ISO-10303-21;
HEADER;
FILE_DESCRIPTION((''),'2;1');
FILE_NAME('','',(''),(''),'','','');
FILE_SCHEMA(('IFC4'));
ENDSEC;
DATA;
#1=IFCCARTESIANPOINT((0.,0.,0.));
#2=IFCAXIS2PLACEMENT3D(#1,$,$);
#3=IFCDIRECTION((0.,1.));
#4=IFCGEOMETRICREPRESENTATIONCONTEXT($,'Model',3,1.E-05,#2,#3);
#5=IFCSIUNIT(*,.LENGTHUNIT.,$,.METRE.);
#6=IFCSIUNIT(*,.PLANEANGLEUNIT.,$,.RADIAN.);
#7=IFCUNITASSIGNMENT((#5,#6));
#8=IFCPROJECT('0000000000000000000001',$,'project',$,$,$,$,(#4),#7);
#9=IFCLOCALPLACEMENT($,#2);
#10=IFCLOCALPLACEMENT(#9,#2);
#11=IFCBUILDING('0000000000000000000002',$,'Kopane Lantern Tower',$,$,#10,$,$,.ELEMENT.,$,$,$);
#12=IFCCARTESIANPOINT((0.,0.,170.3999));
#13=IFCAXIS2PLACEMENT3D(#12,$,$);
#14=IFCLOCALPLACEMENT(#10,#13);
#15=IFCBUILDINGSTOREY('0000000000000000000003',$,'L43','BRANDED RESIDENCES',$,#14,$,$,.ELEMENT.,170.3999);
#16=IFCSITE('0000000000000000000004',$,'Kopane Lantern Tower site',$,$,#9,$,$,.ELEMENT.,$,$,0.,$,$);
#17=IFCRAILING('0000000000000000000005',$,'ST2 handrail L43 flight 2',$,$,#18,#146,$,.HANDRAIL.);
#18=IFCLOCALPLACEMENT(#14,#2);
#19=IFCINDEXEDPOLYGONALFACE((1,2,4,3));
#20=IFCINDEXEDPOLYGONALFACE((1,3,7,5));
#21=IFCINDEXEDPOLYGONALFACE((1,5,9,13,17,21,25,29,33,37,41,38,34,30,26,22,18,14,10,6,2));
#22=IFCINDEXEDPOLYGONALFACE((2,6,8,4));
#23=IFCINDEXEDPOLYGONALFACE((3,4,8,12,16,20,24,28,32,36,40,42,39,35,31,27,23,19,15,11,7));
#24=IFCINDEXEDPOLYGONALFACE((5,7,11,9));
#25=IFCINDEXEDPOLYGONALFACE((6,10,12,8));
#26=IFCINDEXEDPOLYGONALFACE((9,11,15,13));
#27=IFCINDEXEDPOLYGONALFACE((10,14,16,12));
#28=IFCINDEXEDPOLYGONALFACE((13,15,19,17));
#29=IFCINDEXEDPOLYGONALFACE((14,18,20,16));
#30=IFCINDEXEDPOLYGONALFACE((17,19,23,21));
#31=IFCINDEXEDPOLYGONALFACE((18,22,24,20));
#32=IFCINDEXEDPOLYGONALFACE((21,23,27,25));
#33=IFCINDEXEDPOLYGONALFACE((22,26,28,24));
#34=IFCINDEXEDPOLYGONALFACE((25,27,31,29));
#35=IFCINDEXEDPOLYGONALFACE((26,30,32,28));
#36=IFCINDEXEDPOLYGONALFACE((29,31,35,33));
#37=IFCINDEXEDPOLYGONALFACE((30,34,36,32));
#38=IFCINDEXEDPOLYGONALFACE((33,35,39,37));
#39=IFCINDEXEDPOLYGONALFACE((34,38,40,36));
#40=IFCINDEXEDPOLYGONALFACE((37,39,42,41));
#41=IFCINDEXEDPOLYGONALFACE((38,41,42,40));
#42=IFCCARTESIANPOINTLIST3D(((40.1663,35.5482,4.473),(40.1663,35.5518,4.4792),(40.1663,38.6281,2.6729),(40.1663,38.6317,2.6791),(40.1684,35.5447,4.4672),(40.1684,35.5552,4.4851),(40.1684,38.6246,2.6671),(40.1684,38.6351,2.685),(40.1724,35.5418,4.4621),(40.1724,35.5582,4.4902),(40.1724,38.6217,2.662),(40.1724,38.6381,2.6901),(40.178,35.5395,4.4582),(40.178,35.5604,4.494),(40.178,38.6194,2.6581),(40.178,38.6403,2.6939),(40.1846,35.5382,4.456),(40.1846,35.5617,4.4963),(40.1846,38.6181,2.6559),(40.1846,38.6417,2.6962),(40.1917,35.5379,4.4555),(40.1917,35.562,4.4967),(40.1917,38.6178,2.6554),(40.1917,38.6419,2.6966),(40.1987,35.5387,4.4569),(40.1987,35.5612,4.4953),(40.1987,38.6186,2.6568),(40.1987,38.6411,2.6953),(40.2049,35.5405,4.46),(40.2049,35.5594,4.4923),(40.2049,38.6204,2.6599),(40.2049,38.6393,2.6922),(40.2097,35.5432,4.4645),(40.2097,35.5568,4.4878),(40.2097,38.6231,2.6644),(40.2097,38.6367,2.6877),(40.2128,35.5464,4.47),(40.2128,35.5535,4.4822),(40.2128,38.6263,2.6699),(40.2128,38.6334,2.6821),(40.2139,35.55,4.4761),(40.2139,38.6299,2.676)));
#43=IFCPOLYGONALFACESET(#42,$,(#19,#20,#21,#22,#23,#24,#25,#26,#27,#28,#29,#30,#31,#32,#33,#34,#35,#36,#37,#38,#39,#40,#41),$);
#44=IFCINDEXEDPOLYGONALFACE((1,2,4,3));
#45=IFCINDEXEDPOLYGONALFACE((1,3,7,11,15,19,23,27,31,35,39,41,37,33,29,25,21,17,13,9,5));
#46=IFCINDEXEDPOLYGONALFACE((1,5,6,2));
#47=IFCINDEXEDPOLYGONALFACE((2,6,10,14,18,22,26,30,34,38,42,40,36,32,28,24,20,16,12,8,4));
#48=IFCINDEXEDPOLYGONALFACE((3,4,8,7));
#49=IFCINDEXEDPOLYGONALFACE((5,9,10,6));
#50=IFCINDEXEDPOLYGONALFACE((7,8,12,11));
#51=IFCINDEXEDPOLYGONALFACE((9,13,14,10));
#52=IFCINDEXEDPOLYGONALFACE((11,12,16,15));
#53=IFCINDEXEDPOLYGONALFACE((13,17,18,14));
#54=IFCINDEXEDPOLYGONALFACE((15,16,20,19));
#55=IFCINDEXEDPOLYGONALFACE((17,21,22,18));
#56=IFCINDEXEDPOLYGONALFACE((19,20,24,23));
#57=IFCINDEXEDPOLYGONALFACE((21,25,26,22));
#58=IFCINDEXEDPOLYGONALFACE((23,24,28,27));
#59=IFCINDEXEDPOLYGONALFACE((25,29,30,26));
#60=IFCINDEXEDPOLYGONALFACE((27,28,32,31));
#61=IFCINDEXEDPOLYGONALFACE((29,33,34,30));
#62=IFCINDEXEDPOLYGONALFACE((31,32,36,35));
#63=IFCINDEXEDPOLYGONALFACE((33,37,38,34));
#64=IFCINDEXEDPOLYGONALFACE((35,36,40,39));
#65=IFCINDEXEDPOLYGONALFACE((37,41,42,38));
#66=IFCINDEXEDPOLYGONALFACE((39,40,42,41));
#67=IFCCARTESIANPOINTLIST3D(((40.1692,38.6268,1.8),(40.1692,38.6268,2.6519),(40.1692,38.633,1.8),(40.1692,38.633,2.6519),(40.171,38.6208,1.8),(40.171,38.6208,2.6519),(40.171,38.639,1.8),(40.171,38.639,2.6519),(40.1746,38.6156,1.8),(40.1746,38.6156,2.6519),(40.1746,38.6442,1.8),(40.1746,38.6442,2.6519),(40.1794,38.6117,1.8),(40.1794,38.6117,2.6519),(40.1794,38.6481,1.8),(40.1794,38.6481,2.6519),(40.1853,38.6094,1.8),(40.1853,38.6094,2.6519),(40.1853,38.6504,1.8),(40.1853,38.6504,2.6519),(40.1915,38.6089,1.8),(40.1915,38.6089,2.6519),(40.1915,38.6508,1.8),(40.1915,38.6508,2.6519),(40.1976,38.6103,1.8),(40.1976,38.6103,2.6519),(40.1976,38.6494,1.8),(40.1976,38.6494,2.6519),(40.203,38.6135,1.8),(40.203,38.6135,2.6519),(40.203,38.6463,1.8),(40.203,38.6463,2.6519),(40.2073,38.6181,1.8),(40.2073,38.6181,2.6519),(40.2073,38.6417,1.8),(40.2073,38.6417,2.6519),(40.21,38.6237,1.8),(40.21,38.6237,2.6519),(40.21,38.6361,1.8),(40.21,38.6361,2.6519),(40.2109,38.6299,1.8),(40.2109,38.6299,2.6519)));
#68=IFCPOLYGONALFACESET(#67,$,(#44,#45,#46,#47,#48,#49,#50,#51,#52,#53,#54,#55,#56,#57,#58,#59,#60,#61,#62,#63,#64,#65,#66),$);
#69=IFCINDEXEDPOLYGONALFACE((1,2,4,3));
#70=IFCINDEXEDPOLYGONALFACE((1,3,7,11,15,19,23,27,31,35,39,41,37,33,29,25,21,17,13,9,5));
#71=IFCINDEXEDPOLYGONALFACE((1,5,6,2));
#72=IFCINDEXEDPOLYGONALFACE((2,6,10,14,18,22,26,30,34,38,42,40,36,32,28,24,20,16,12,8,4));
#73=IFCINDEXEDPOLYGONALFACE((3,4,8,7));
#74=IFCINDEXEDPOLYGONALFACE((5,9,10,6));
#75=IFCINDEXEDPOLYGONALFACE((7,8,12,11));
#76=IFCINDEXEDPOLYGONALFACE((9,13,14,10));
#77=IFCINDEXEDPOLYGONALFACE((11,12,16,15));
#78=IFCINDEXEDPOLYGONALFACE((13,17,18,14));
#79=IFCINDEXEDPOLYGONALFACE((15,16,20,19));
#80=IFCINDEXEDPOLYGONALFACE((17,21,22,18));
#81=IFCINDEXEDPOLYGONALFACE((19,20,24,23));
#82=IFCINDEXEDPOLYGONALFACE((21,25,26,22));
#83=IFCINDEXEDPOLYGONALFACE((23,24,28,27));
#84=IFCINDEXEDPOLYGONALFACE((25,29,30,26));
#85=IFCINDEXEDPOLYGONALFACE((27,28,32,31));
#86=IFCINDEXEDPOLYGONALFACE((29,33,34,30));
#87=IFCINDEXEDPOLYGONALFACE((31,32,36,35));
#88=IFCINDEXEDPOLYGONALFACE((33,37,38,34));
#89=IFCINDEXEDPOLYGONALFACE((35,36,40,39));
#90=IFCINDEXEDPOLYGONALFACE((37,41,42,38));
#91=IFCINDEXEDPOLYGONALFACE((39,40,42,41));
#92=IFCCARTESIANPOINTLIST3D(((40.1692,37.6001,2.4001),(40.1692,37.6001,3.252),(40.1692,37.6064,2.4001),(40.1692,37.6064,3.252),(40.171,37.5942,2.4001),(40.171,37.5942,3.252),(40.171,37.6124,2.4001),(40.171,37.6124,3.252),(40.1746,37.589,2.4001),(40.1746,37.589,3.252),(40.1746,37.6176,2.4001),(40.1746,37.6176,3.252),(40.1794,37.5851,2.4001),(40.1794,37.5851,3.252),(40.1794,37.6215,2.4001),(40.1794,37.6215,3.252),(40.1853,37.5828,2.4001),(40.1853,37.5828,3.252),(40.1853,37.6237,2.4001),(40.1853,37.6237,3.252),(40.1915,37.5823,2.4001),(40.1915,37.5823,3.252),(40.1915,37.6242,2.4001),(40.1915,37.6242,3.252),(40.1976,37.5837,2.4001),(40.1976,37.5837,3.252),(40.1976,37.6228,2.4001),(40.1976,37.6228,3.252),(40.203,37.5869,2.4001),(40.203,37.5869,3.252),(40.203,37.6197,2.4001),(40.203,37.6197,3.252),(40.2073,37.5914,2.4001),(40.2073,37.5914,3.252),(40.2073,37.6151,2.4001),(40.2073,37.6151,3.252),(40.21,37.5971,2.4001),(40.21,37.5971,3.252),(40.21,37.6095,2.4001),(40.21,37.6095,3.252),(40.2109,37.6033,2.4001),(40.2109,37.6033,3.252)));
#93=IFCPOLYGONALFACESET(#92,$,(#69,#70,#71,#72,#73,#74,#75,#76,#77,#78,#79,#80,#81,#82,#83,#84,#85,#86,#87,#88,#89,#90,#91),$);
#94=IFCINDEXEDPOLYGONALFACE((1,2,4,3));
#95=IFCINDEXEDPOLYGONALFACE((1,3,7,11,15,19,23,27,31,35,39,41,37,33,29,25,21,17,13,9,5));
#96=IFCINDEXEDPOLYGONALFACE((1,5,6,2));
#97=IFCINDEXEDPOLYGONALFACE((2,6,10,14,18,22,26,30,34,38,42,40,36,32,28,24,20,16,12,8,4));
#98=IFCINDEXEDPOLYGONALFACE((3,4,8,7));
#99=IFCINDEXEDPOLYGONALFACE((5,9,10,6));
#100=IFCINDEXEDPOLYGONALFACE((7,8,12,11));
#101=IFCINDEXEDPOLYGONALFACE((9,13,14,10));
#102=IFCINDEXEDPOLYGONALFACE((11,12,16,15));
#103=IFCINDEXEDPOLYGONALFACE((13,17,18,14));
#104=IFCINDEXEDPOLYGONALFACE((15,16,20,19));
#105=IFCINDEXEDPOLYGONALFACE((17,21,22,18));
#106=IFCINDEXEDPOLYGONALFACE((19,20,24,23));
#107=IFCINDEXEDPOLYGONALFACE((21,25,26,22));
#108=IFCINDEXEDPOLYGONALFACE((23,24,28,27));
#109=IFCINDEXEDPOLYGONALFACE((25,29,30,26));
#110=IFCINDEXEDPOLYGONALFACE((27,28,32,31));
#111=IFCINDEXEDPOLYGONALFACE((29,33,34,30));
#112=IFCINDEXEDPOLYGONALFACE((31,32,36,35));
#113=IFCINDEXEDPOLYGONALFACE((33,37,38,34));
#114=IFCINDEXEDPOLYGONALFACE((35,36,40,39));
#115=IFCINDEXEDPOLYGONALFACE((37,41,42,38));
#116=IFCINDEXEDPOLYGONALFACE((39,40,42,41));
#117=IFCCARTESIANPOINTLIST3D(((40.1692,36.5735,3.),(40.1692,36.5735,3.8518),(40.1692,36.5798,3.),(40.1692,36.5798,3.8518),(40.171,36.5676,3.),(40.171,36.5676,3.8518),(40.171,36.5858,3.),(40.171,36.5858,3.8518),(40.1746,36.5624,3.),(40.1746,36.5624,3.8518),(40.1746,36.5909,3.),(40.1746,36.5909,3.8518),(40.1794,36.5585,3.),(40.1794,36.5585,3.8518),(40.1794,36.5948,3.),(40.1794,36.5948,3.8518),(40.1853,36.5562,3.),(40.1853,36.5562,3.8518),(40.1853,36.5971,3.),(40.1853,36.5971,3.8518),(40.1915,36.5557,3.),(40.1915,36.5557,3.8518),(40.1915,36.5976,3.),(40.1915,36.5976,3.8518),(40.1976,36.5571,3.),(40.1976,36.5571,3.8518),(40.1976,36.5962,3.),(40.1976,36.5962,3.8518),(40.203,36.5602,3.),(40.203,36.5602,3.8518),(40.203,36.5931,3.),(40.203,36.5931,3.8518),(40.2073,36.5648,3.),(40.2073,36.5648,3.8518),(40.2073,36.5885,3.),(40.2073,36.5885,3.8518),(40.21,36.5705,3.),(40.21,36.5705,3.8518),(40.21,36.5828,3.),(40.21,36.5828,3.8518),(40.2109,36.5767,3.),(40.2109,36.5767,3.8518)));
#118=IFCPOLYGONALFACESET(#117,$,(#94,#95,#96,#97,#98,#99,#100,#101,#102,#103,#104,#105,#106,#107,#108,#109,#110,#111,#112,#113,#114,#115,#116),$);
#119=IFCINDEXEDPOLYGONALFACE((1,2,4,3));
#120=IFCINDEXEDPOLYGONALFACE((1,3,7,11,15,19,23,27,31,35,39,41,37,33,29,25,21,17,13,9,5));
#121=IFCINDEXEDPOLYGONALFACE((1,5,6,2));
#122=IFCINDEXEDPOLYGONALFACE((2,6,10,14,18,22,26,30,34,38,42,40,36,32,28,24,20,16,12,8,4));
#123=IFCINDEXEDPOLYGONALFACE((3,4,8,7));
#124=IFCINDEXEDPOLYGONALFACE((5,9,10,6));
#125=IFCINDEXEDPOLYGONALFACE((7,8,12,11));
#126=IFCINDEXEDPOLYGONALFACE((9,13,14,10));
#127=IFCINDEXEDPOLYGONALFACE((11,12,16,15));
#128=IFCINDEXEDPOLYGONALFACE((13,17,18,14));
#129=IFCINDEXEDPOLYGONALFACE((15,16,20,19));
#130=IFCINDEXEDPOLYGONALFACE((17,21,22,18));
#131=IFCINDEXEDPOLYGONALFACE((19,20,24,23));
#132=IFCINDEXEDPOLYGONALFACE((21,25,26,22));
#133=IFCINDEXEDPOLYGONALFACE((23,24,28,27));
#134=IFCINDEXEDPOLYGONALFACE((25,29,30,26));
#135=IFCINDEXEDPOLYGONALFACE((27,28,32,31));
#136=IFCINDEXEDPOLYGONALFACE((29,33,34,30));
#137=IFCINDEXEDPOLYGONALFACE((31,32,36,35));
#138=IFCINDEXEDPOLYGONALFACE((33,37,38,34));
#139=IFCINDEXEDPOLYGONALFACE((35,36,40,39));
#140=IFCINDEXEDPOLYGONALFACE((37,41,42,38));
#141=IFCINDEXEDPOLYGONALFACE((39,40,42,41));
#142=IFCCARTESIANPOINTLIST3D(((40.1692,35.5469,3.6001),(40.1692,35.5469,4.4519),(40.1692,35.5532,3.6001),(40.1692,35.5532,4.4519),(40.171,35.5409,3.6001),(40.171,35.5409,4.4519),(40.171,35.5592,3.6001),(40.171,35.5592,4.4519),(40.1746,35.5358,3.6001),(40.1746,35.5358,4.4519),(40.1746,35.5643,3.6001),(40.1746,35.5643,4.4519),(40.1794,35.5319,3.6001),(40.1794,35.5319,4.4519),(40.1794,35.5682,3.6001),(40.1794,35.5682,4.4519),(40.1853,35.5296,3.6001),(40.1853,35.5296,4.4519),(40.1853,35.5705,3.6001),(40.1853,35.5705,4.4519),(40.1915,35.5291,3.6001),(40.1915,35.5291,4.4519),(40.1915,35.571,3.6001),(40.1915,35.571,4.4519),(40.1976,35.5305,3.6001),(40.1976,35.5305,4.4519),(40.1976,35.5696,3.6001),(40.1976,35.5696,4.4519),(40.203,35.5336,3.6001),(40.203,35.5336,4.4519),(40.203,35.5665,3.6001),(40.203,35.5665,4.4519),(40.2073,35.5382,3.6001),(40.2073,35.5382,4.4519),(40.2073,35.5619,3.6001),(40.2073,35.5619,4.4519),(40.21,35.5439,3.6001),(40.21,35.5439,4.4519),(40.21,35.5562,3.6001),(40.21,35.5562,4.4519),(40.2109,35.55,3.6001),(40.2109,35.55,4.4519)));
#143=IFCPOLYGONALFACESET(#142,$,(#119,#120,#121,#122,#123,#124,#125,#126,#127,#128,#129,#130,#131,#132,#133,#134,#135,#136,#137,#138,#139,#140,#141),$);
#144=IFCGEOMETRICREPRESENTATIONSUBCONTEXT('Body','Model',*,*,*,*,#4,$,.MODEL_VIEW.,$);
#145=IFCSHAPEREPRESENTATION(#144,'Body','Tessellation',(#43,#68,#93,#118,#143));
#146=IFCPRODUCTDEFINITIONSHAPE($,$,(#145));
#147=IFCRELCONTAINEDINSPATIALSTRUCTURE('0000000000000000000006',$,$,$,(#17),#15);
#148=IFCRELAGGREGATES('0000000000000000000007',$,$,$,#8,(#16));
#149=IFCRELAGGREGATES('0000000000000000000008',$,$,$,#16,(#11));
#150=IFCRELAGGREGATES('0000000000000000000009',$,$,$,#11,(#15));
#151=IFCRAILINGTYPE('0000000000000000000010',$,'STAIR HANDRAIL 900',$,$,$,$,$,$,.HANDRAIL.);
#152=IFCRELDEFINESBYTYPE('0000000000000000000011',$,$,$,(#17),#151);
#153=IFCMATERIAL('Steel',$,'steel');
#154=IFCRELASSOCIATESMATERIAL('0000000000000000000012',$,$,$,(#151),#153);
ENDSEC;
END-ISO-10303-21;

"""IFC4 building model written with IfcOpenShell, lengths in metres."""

from ifc_helpers import new_model, si_unit, direction, frame, origin, origin_2d, place, context, subcontext, project, spatial, circle, extrude, material, type_object, element, save


model = new_model("IFC4")

# Units and contexts
model_context = context("Model", 3, precision=1e-05, world=origin(), true_north=direction((0.0, 1.0)))
body_context = subcontext(model_context, "Body", "Model", "MODEL_VIEW")
ifc_project = project(units=[si_unit("LENGTHUNIT", "METRE"), si_unit("PLANEANGLEUNIT", "RADIAN")], contexts=[model_context])

# Site, building, storey
site_placement = place(None, origin())
site = spatial("IfcSite", under=ifc_project, at=site_placement, Name="Kopane Lantern Tower site", CompositionType="ELEMENT", RefElevation=0.0)
building_placement = place(site_placement, origin())
building = spatial("IfcBuilding", under=site, at=building_placement, Name="Kopane Lantern Tower", CompositionType="ELEMENT")
storey_placement = place(building_placement, frame((0.0, 0.0, 170.3999)))
storey = spatial("IfcBuildingStorey", under=building, at=storey_placement, Name="L43", Description="BRANDED RESIDENCES", CompositionType="ELEMENT", Elevation=170.3999)

# Railing
ifc_material_1 = material(Name="Steel", Category="steel")
railing_type_1 = type_object("IfcRailingType", Name="STAIR HANDRAIL 900", PredefinedType="HANDRAIL", material=ifc_material_1)
for number, where, name in (
    (1, (40.1899, 38.6299, 1.8), "ST2 handrail L43 flight 2"),
):
    element("IfcRailing", number, at=place(storey_placement, frame(where)), inside=storey, type_object=railing_type_1, Name=name, PredefinedType="HANDRAIL", context=body_context, shape_type="SweptSolid", body=[
        extrude(circle(Radius=0.0239, at=origin_2d()), frame((0.0, 0.0, 0.876), z_axis=(0.0, -0.863354, 0.504598), x_axis=(1.0, 0.0, 0.0)), (0.0, 0.0, 1.0), 3.5674),
        extrude(circle(Radius=0.021, at=origin_2d()), origin(), (0.0, 0.0, 1.0), 0.8518),
        extrude(circle(Radius=0.021, at=origin_2d()), frame((0.0, -1.0266, 0.6001)), (0.0, 0.0, 1.0), 0.8518),
        extrude(circle(Radius=0.021, at=origin_2d()), frame((0.0, -2.0532, 1.2)), (0.0, 0.0, 1.0), 0.8518),
        extrude(circle(Radius=0.021, at=origin_2d()), frame((0.0, -3.0798, 1.8)), (0.0, 0.0, 1.0), 0.8518),
    ])

save(model, "model.ifc")
